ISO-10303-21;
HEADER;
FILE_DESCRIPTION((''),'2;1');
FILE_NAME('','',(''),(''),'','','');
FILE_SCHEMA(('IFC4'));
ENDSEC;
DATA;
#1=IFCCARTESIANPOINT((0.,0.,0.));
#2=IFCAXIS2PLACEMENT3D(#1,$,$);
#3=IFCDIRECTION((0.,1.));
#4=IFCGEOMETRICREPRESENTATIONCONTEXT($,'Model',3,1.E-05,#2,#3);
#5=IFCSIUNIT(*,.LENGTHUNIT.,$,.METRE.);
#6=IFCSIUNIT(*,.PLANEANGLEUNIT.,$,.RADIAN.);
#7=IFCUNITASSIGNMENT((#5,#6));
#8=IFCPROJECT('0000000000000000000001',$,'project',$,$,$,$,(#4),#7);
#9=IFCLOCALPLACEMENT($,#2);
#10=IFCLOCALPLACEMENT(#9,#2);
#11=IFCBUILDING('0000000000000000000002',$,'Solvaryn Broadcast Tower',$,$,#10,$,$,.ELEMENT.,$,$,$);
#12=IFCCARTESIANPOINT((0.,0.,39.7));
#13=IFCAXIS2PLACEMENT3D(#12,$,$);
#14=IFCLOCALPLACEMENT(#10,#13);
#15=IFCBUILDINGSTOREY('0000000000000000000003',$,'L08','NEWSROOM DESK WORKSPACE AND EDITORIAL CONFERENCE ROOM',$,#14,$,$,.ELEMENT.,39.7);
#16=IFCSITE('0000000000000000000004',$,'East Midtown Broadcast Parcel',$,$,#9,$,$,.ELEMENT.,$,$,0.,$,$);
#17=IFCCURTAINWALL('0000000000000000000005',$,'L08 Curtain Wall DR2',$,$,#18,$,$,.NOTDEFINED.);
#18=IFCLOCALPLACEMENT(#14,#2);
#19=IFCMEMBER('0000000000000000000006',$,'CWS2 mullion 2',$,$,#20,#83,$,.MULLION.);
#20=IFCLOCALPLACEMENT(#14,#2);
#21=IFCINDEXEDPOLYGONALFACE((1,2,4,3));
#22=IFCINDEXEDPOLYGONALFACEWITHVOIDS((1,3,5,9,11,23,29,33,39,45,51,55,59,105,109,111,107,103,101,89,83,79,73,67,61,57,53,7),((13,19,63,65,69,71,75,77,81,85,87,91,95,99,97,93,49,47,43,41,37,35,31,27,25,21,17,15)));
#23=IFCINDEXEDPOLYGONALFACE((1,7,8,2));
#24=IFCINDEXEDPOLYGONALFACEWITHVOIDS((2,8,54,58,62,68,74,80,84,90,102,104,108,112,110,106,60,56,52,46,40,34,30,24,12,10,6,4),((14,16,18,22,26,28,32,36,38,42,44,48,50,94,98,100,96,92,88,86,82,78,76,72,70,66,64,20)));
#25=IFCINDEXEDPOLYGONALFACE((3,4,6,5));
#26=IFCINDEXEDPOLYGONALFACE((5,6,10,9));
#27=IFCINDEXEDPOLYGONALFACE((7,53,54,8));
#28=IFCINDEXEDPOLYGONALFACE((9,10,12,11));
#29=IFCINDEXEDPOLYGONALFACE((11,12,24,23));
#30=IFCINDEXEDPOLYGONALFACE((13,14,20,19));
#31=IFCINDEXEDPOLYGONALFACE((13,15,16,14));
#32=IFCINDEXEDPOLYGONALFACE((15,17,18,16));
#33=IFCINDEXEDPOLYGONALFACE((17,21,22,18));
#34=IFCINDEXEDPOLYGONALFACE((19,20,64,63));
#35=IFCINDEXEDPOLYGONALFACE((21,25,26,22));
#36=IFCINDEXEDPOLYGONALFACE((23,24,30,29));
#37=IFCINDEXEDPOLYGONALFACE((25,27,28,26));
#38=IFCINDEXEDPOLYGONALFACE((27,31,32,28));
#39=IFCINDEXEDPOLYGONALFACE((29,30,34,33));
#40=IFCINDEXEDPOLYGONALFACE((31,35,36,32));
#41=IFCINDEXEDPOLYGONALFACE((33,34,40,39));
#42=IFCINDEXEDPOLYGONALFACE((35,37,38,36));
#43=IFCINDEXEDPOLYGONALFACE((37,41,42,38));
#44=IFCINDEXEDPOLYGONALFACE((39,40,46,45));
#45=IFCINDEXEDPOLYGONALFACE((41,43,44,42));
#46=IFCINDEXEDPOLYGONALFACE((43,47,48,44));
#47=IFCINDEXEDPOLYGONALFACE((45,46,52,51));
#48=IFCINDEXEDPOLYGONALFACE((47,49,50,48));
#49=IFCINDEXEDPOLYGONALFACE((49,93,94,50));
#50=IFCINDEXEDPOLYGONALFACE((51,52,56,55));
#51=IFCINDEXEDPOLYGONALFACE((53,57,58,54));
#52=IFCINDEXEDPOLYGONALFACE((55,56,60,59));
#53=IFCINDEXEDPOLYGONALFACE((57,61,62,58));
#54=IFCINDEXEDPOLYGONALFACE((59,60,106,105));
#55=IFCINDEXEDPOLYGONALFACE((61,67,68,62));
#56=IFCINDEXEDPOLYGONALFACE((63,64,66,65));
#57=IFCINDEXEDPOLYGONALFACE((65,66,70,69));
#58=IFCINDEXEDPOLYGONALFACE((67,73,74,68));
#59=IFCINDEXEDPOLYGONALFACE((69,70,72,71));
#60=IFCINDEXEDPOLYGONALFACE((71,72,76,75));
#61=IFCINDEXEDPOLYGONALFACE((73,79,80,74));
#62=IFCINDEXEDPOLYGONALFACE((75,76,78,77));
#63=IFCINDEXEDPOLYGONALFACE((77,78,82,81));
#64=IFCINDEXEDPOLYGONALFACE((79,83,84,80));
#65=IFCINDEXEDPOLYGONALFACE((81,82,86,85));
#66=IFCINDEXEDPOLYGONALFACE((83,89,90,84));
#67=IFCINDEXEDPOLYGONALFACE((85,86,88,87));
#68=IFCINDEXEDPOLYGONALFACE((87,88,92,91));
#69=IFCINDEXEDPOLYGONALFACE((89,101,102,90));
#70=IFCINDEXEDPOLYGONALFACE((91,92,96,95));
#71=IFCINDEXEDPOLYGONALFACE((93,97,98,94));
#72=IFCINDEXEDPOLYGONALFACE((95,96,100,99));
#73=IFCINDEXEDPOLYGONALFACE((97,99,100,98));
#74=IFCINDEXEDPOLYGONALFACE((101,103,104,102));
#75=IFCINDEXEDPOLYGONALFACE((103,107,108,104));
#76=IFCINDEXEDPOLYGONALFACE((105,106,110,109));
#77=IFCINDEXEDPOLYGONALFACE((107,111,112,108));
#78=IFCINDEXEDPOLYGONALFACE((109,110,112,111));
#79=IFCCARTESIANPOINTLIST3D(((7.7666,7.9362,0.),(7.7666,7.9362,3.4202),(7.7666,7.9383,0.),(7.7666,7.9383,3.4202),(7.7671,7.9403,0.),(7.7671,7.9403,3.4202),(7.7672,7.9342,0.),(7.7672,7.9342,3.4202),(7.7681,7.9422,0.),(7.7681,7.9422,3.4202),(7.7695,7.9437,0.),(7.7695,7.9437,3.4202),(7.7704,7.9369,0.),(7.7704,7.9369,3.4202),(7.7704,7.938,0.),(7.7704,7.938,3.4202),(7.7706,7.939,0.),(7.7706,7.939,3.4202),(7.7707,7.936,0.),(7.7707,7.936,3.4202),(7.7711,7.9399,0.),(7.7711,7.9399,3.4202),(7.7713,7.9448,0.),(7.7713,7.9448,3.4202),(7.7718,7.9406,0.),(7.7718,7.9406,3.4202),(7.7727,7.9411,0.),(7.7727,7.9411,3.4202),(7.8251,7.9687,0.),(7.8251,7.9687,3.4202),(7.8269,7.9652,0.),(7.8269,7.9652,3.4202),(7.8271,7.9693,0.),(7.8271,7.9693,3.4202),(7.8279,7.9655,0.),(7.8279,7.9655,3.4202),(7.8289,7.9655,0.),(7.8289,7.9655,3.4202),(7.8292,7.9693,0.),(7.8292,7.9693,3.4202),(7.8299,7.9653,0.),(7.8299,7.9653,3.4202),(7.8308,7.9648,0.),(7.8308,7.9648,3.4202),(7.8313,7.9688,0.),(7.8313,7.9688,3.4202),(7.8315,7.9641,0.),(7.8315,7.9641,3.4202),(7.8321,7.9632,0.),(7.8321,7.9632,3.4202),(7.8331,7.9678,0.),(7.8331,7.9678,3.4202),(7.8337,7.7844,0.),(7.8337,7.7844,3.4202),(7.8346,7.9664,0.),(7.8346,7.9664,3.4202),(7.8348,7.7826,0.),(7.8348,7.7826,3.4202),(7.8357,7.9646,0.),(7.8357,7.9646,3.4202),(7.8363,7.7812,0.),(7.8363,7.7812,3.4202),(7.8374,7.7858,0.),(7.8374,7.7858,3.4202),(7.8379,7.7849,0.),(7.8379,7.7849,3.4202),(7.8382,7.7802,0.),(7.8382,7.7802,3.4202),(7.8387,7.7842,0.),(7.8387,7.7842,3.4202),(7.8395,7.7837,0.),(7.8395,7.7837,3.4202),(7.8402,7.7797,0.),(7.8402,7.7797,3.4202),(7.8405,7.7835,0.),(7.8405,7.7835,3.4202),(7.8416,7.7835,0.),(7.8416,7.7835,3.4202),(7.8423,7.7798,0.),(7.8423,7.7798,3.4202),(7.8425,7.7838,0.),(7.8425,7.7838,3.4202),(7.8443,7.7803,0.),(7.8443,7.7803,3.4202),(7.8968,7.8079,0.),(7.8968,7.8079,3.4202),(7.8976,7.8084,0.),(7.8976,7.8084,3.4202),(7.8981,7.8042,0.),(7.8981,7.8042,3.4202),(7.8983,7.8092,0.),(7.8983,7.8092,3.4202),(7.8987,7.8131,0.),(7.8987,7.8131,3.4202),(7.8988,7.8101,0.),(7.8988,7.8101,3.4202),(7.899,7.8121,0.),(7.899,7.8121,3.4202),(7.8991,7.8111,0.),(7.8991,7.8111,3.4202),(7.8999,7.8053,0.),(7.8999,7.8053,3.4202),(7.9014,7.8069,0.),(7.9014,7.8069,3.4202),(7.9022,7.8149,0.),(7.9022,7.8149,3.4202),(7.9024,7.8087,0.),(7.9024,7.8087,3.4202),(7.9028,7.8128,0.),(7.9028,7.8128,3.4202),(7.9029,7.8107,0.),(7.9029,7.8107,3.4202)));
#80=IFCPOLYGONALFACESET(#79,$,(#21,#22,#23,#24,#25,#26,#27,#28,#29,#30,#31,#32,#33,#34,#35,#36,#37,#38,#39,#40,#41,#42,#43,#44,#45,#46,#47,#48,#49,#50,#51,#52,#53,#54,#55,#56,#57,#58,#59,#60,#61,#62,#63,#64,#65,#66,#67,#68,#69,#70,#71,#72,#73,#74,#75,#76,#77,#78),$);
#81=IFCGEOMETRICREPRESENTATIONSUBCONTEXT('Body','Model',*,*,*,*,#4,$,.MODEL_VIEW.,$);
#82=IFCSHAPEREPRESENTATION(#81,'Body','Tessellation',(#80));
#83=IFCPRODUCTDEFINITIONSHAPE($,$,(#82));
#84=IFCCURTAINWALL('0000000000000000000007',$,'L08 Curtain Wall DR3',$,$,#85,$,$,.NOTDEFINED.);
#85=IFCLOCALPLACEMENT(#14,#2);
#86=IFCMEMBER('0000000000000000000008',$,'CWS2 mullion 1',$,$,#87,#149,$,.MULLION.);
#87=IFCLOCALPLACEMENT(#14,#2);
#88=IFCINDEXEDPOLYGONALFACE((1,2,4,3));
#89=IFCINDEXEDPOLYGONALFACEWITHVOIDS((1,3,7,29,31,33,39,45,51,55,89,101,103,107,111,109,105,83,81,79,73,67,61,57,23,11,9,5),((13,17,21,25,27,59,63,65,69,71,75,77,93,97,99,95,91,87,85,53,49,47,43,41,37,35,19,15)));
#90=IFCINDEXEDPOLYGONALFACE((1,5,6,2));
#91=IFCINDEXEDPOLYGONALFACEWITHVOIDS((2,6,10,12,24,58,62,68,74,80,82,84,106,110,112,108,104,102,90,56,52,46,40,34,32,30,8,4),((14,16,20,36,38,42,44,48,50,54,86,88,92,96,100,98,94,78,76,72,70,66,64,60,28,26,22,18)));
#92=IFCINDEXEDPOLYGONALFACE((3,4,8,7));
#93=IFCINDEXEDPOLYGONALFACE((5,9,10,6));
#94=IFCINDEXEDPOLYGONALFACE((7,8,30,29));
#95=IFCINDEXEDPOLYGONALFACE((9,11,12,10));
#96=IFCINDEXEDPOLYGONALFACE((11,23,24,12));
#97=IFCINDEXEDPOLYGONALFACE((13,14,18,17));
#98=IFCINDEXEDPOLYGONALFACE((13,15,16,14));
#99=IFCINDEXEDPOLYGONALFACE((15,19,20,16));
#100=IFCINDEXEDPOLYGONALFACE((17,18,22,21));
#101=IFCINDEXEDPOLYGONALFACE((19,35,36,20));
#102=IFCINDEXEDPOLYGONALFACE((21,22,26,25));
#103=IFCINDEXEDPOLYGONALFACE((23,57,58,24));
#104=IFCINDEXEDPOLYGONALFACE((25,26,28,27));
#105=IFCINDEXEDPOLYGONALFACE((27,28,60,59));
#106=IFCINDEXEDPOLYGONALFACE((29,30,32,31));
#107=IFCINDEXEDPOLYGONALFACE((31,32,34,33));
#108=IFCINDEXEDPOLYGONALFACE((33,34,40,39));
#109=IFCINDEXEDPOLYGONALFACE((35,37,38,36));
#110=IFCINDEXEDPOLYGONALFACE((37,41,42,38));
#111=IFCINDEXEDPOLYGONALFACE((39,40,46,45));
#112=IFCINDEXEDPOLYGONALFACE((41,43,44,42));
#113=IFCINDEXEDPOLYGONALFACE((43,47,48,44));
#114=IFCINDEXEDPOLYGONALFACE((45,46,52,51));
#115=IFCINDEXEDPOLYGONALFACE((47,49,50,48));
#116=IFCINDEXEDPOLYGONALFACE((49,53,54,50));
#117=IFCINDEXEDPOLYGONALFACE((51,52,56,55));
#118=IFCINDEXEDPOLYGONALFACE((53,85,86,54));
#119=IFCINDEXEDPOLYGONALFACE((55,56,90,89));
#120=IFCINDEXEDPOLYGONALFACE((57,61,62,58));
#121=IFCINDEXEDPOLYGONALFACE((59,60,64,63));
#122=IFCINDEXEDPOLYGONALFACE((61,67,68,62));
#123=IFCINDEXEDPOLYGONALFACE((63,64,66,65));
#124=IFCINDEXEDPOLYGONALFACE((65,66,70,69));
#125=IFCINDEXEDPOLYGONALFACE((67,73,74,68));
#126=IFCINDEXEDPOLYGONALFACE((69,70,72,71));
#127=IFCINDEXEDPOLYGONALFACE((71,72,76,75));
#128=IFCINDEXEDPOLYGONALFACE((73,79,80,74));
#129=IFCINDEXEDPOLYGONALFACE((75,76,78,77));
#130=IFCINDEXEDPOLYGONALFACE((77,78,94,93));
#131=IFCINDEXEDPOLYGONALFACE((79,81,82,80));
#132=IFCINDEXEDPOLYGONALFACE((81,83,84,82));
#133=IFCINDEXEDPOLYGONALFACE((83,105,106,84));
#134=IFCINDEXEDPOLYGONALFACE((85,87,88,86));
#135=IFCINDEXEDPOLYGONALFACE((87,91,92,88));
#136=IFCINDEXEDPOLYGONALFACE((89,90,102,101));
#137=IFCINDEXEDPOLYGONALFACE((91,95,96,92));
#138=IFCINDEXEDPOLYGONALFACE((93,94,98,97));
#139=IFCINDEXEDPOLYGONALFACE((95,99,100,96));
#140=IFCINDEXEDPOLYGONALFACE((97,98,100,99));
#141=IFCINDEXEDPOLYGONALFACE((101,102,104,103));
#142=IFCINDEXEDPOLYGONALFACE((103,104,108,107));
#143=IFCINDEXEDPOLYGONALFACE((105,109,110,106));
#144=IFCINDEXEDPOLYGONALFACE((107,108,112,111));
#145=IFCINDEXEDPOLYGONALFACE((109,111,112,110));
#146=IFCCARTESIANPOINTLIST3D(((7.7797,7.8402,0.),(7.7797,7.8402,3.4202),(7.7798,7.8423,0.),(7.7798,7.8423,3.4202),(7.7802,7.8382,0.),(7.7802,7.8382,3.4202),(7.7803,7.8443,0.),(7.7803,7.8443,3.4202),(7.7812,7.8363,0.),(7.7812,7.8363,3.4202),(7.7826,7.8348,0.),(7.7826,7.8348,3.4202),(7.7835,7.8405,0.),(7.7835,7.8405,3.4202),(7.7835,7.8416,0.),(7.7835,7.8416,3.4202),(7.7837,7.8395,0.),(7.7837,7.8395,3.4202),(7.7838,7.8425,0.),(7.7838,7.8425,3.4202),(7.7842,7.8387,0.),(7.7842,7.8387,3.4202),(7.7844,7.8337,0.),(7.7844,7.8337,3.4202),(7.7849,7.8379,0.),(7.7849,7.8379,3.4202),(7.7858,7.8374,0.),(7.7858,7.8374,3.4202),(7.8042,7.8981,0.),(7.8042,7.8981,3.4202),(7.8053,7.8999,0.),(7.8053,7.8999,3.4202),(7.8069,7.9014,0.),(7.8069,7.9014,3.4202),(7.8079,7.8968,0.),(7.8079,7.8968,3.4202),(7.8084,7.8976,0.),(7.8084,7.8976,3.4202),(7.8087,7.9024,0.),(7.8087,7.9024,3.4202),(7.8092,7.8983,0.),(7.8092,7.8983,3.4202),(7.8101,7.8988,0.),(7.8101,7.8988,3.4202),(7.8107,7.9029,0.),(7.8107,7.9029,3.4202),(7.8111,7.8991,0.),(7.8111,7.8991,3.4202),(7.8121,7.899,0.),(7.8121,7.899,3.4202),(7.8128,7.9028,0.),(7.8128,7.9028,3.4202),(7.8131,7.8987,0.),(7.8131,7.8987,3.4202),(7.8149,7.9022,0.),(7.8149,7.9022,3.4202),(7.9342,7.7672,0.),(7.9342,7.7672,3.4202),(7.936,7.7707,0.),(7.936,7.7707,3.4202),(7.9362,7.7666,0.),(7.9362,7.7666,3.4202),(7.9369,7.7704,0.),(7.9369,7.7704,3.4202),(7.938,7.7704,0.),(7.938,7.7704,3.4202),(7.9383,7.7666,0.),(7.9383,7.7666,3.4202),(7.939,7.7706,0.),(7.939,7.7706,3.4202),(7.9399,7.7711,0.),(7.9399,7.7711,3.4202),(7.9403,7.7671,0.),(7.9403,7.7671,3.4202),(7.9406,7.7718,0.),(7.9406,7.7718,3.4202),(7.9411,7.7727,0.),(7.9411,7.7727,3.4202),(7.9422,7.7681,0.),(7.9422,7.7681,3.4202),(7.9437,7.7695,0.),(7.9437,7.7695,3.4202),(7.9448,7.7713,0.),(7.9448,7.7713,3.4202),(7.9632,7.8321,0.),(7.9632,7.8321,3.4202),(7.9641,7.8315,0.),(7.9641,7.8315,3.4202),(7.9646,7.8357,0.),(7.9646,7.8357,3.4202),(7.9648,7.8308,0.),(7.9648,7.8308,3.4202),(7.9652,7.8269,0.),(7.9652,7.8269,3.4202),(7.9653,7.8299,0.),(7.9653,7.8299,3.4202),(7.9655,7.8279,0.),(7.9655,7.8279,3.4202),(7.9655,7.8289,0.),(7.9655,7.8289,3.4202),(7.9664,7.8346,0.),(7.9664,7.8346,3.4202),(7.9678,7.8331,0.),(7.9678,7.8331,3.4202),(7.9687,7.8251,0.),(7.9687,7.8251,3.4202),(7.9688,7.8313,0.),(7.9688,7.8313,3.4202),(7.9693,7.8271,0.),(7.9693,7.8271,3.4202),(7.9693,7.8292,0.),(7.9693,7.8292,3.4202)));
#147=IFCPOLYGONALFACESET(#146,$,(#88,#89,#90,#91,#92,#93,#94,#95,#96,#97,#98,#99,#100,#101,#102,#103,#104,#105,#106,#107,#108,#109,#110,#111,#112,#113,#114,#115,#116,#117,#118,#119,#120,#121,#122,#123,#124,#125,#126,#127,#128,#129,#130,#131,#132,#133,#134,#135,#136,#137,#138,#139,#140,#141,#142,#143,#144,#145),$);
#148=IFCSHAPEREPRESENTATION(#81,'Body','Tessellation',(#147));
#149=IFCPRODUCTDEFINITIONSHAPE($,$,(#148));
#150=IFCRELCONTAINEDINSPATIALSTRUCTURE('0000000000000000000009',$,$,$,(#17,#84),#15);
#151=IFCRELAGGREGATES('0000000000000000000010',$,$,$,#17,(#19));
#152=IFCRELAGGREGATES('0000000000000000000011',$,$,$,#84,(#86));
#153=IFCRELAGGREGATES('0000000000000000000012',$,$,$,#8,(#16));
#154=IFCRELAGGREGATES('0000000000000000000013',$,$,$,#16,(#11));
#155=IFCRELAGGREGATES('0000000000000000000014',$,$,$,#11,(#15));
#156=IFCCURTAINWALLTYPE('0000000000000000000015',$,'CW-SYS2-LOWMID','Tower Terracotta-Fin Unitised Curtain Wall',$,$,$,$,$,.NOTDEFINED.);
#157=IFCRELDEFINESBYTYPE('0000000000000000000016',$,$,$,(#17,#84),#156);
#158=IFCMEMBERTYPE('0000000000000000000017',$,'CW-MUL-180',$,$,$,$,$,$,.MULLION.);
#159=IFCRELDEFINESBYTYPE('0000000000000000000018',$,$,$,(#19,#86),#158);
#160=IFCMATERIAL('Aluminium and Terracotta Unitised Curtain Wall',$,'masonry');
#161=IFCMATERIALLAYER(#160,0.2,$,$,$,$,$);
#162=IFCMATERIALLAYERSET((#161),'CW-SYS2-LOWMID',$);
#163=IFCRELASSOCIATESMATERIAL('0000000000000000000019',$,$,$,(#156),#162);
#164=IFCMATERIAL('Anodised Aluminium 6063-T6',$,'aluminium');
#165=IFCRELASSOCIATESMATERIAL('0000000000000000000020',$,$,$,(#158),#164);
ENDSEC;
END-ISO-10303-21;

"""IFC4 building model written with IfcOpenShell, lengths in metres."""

from ifc_helpers import new_model, si_unit, direction, frame, origin, origin_2d, place, context, subcontext, project, spatial, hollow_rectangle, extrude, material, layer, layer_set, material_profile, profile_set, type_object, element, aggregate, save


model = new_model("IFC4")

# Units and contexts
model_context = context("Model", 3, precision=1e-05, world=origin(), true_north=direction((0.0, 1.0)))
body_context = subcontext(model_context, "Body", "Model", "MODEL_VIEW")
ifc_project = project(units=[si_unit("LENGTHUNIT", "METRE"), si_unit("PLANEANGLEUNIT", "RADIAN")], contexts=[model_context])

# Site, building, storey
site_placement = place(None, origin())
site = spatial("IfcSite", under=ifc_project, at=site_placement, Name="East Midtown Broadcast Parcel", CompositionType="ELEMENT", RefElevation=0.0)
building_placement = place(site_placement, origin())
building = spatial("IfcBuilding", under=site, at=building_placement, Name="Solvaryn Broadcast Tower", CompositionType="ELEMENT")
storey_placement = place(building_placement, frame((0.0, 0.0, 39.7)))
storey = spatial("IfcBuildingStorey", under=building, at=storey_placement, Name="L08", Description="NEWSROOM DESK WORKSPACE AND EDITORIAL CONFERENCE ROOM", CompositionType="ELEMENT", Elevation=39.7)

# Curtain wall, member
ifc_material_1 = material(Name="Aluminium and Terracotta Unitised Curtain Wall", Category="masonry")
ifc_layer_1 = layer(ifc_material_1, 0.2)
ifc_layer_set_1 = layer_set([ifc_layer_1], Name="CW-SYS2-LOWMID")
curtain_wall_type = type_object("IfcCurtainWallType", Name="CW-SYS2-LOWMID", Description="Tower Terracotta-Fin Unitised Curtain Wall", PredefinedType="NOTDEFINED", material=ifc_layer_set_1)
curtain_wall_1_placement = place(storey_placement, origin())
curtain_wall_1 = element("IfcCurtainWall", 1, at=curtain_wall_1_placement, inside=storey, type_object=curtain_wall_type, Name="L08 Curtain Wall DR2", PredefinedType="NOTDEFINED")
ifc_material_2 = material(Name="Anodised Aluminium 6063-T6", Category="aluminium")
ifc_material_profile_1 = material_profile(ifc_material_2, hollow_rectangle(XDim=0.075, YDim=0.1799, WallThickness=0.0039, InnerFilletRadius=0.0039, OuterFilletRadius=0.0081, at=origin_2d()))
ifc_profile_set_1 = profile_set([ifc_material_profile_1], Name="Anodised Aluminium 6063-T6")
member_type_1 = type_object("IfcMemberType", Name="CW-MUL-180", PredefinedType="MULLION", material=ifc_profile_set_1)
member_1_placement = place(storey_placement, frame((7.8347, 7.8745, 0.0), z_axis=(0.0, 0.0, 1.0), x_axis=(0.913918, 0.405898, 0.0)))
member_1 = element("IfcMember", 2, at=member_1_placement, type_object=member_type_1, Name="CWS2 mullion 2", PredefinedType="MULLION", context=body_context, shape_type="SweptSolid", body=[
    extrude(hollow_rectangle(XDim=0.075, YDim=0.1799, WallThickness=0.0039, InnerFilletRadius=0.0039, OuterFilletRadius=0.0081, at=origin_2d()), origin(), (0.0, 0.0, 1.0), 3.4202),
])
aggregate(curtain_wall_1, [member_1])

# Curtain wall, member
curtain_wall_2_placement = place(storey_placement, origin())
curtain_wall_2 = element("IfcCurtainWall", 3, at=curtain_wall_2_placement, inside=storey, type_object=curtain_wall_type, Name="L08 Curtain Wall DR3", PredefinedType="NOTDEFINED")
member_2_placement = place(storey_placement, frame((7.8745, 7.8347, 0.0), z_axis=(0.0, 0.0, 1.0), x_axis=(0.405898, 0.913918, 0.0)))
member_2 = element("IfcMember", 4, at=member_2_placement, type_object=member_type_1, Name="CWS2 mullion 1", PredefinedType="MULLION", context=body_context, shape_type="SweptSolid", body=[
    extrude(hollow_rectangle(XDim=0.075, YDim=0.1799, WallThickness=0.0039, InnerFilletRadius=0.0039, OuterFilletRadius=0.0081, at=origin_2d()), origin(), (0.0, 0.0, 1.0), 3.4202),
])
aggregate(curtain_wall_2, [member_2])

save(model, "model.ifc")
